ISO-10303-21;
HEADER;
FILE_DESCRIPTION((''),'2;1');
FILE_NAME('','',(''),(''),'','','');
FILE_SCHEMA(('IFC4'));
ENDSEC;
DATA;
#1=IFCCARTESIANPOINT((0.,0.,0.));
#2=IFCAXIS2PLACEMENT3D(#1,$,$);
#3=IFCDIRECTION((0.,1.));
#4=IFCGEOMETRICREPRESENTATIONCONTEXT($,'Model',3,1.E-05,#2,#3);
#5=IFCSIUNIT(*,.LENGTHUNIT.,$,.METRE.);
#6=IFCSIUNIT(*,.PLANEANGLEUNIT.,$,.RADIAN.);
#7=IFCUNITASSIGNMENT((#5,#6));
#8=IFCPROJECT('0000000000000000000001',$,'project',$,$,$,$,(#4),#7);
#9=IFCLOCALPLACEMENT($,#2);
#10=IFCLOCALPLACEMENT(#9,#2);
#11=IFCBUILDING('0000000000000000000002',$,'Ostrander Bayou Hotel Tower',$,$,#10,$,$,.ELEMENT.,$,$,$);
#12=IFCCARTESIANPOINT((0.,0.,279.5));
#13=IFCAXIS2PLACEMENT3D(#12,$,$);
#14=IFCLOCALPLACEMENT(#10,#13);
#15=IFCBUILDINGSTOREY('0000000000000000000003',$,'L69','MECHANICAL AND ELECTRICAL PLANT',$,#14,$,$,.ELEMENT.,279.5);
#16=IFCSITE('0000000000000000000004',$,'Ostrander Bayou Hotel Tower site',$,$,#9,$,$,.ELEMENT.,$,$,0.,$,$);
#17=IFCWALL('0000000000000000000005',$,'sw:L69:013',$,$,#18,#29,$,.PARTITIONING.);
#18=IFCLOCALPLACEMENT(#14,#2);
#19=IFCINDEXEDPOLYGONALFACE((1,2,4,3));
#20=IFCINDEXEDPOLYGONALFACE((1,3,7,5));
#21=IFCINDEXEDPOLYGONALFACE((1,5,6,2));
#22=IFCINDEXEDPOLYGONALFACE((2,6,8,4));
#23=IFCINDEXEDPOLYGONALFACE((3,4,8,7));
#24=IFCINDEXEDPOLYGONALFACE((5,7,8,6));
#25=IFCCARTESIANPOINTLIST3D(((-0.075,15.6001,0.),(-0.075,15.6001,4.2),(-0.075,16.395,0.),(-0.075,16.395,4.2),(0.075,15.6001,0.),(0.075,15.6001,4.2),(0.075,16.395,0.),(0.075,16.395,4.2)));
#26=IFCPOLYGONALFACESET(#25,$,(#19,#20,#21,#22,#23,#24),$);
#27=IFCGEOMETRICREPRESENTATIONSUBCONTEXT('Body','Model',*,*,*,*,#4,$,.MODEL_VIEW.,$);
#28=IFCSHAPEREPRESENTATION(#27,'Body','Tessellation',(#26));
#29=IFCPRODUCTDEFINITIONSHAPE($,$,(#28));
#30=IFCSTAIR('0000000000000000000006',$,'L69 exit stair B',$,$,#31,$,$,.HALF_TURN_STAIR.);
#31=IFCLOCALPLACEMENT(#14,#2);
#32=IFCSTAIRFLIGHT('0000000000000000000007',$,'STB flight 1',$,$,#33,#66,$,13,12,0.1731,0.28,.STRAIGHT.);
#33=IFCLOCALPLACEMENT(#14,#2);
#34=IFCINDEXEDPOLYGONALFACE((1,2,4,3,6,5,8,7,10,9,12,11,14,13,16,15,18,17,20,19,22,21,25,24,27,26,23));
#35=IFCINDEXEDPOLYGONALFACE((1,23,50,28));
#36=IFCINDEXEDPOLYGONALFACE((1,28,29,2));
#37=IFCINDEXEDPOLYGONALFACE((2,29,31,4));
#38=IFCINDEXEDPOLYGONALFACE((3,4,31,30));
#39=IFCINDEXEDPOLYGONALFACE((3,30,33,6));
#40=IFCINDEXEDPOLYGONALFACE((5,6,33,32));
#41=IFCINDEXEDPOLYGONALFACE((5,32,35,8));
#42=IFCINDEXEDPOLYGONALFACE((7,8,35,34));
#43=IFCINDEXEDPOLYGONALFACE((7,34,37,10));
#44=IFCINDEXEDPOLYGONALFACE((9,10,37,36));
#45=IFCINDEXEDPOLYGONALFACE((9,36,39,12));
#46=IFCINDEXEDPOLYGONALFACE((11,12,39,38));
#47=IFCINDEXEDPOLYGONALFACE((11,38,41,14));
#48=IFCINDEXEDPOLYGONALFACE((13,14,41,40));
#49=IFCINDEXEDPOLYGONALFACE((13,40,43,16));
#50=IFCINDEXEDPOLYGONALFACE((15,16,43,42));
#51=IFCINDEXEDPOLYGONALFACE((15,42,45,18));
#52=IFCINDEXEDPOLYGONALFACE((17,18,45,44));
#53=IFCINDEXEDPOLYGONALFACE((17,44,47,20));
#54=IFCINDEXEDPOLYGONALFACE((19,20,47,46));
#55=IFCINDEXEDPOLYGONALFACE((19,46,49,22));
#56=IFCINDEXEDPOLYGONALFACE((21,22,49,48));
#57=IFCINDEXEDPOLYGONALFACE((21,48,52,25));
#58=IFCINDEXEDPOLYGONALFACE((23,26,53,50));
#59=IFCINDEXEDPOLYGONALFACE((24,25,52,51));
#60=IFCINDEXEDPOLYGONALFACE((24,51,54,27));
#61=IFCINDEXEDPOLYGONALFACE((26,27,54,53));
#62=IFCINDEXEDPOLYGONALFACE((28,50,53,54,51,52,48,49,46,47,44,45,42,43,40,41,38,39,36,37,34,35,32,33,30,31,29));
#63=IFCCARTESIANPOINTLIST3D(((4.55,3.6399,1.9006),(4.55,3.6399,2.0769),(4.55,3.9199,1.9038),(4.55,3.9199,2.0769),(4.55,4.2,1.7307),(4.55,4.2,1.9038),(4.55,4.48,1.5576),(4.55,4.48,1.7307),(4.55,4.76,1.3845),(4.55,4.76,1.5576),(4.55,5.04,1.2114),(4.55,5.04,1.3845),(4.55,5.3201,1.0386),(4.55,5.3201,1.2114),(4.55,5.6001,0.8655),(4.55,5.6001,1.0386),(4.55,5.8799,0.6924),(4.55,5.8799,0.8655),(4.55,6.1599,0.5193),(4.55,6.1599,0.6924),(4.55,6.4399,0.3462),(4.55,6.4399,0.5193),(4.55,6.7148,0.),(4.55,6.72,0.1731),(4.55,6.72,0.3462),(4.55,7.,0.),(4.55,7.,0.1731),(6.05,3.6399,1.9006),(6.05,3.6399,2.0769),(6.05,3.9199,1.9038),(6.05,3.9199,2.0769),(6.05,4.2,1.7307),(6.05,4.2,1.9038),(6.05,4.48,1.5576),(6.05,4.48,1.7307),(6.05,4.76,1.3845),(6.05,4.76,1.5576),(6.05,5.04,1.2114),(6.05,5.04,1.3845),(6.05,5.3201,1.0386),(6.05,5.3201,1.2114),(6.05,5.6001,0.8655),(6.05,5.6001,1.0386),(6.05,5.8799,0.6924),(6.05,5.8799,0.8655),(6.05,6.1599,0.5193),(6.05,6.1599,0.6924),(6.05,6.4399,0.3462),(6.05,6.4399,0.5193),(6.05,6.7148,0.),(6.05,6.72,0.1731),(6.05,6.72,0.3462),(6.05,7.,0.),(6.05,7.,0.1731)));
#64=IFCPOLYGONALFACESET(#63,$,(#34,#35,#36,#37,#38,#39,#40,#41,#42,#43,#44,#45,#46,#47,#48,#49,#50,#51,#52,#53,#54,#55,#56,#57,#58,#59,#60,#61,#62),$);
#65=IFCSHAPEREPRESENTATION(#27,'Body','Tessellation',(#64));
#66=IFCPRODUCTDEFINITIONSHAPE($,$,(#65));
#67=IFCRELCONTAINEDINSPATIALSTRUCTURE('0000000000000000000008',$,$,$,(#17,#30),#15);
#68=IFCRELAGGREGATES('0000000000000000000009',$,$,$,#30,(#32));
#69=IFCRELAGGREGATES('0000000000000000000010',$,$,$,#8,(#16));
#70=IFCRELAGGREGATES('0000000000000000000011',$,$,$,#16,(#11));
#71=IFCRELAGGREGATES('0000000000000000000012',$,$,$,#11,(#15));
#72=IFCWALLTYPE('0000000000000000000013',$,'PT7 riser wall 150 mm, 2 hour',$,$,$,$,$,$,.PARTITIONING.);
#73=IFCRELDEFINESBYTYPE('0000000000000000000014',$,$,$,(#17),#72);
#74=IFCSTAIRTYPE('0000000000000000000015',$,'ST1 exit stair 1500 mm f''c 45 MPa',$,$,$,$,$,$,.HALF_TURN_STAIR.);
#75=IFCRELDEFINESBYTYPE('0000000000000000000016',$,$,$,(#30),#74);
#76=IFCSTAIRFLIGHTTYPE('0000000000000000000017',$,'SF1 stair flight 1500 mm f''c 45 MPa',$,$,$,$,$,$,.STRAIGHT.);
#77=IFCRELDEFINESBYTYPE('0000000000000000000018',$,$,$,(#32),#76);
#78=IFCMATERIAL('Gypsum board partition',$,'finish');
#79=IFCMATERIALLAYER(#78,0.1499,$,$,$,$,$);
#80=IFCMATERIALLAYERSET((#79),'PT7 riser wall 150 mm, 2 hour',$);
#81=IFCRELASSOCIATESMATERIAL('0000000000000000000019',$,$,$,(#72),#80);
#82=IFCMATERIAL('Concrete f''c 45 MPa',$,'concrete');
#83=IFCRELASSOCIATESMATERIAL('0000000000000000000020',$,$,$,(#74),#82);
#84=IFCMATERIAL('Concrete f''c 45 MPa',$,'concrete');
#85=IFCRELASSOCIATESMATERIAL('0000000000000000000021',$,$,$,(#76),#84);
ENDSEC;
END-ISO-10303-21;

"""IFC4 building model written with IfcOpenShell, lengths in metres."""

from ifc_helpers import new_model, si_unit, direction, frame, frame_2d, origin, place, context, subcontext, project, spatial, polyline, rectangle, outline, extrude, material, layer, layer_set, type_object, element, aggregate, save


model = new_model("IFC4")

# Units and contexts
model_context = context("Model", 3, precision=1e-05, world=origin(), true_north=direction((0.0, 1.0)))
body_context = subcontext(model_context, "Body", "Model", "MODEL_VIEW")
ifc_project = project(units=[si_unit("LENGTHUNIT", "METRE"), si_unit("PLANEANGLEUNIT", "RADIAN")], contexts=[model_context])

# Site, building, storey
site_placement = place(None, origin())
site = spatial("IfcSite", under=ifc_project, at=site_placement, Name="Ostrander Bayou Hotel Tower site", CompositionType="ELEMENT", RefElevation=0.0)
building_placement = place(site_placement, origin())
building = spatial("IfcBuilding", under=site, at=building_placement, Name="Ostrander Bayou Hotel Tower", CompositionType="ELEMENT")
storey_placement = place(building_placement, frame((0.0, 0.0, 279.5)))
storey = spatial("IfcBuildingStorey", under=building, at=storey_placement, Name="L69", Description="MECHANICAL AND ELECTRICAL PLANT", CompositionType="ELEMENT", Elevation=279.5)

# Wall
ifc_material_1 = material(Name="Gypsum board partition", Category="finish")
ifc_layer_1 = layer(ifc_material_1, 0.1499)
ifc_layer_set_1 = layer_set([ifc_layer_1], Name="PT7 riser wall 150 mm, 2 hour")
wall_type_1 = type_object("IfcWallType", Name="PT7 riser wall 150 mm, 2 hour", PredefinedType="PARTITIONING", material=ifc_layer_set_1)
wall_1_placement = place(storey_placement, frame((0.0, 15.6001, 0.0), z_axis=(0.0, 0.0, 1.0), x_axis=(0.0, 1.0, 0.0)))
element("IfcWall", 1, at=wall_1_placement, inside=storey, type_object=wall_type_1, Name="sw:L69:013", PredefinedType="PARTITIONING", context=body_context, shape_type="SweptSolid", body=[
    extrude(rectangle(XDim=0.7949, YDim=0.1499, at=frame_2d((0.3975, 0.0))), origin(), (0.0, 0.0, 1.0), 4.2),
])

# Stair, stair flight
ifc_material_2 = material(Name="Concrete f'c 45 MPa", Category="concrete")
stair_type = type_object("IfcStairType", Name="ST1 exit stair 1500 mm f'c 45 MPa", PredefinedType="HALF_TURN_STAIR", material=ifc_material_2)
stair_placement = place(storey_placement, origin())
stair = element("IfcStair", 2, at=stair_placement, inside=storey, type_object=stair_type, Name="L69 exit stair B", PredefinedType="HALF_TURN_STAIR")
ifc_material_3 = material(Name="Concrete f'c 45 MPa", Category="concrete")
stair_flight_type = type_object("IfcStairFlightType", Name="SF1 stair flight 1500 mm f'c 45 MPa", PredefinedType="STRAIGHT", material=ifc_material_3)
stair_flight_placement = place(storey_placement, frame((5.3, 7.0, 0.0), z_axis=(0.0, 0.0, 1.0), x_axis=(0.0, -1.0, 0.0)))
stair_flight = element("IfcStairFlight", 3, at=stair_flight_placement, type_object=stair_flight_type, Name="STB flight 1", NumberOfRisers=13, NumberOfTreads=12, PredefinedType="STRAIGHT", RiserHeight=0.1731, TreadLength=0.28, context=body_context, shape_type="SweptSolid", body=[
    extrude(outline(polyline([(0.0, 0.0), (0.0, 0.1731), (0.28, 0.1731), (0.28, 0.3462), (0.5601, 0.3462), (0.5601, 0.5193), (0.8401, 0.5193), (0.8401, 0.6924), (1.1201, 0.6924), (1.1201, 0.8655), (1.3999, 0.8655), (1.3999, 1.0386), (1.6799, 1.0386), (1.6799, 1.2114), (1.96, 1.2114), (1.96, 1.3845), (2.24, 1.3845), (2.24, 1.5576), (2.52, 1.5576), (2.52, 1.7307), (2.8, 1.7307), (2.8, 1.9038), (3.0801, 1.9038), (3.0801, 2.0769), (3.3601, 2.0769), (3.3601, 2.25), (3.3601, 1.9006), (0.2852, 0.0), (0.0, 0.0)])), frame((0.0, 0.75, 0.0), z_axis=(0.0, -1.0, 0.0), x_axis=(1.0, 0.0, 0.0)), (0.0, 0.0, 1.0), 1.5),
])
aggregate(stair, [stair_flight])

save(model, "model.ifc")
